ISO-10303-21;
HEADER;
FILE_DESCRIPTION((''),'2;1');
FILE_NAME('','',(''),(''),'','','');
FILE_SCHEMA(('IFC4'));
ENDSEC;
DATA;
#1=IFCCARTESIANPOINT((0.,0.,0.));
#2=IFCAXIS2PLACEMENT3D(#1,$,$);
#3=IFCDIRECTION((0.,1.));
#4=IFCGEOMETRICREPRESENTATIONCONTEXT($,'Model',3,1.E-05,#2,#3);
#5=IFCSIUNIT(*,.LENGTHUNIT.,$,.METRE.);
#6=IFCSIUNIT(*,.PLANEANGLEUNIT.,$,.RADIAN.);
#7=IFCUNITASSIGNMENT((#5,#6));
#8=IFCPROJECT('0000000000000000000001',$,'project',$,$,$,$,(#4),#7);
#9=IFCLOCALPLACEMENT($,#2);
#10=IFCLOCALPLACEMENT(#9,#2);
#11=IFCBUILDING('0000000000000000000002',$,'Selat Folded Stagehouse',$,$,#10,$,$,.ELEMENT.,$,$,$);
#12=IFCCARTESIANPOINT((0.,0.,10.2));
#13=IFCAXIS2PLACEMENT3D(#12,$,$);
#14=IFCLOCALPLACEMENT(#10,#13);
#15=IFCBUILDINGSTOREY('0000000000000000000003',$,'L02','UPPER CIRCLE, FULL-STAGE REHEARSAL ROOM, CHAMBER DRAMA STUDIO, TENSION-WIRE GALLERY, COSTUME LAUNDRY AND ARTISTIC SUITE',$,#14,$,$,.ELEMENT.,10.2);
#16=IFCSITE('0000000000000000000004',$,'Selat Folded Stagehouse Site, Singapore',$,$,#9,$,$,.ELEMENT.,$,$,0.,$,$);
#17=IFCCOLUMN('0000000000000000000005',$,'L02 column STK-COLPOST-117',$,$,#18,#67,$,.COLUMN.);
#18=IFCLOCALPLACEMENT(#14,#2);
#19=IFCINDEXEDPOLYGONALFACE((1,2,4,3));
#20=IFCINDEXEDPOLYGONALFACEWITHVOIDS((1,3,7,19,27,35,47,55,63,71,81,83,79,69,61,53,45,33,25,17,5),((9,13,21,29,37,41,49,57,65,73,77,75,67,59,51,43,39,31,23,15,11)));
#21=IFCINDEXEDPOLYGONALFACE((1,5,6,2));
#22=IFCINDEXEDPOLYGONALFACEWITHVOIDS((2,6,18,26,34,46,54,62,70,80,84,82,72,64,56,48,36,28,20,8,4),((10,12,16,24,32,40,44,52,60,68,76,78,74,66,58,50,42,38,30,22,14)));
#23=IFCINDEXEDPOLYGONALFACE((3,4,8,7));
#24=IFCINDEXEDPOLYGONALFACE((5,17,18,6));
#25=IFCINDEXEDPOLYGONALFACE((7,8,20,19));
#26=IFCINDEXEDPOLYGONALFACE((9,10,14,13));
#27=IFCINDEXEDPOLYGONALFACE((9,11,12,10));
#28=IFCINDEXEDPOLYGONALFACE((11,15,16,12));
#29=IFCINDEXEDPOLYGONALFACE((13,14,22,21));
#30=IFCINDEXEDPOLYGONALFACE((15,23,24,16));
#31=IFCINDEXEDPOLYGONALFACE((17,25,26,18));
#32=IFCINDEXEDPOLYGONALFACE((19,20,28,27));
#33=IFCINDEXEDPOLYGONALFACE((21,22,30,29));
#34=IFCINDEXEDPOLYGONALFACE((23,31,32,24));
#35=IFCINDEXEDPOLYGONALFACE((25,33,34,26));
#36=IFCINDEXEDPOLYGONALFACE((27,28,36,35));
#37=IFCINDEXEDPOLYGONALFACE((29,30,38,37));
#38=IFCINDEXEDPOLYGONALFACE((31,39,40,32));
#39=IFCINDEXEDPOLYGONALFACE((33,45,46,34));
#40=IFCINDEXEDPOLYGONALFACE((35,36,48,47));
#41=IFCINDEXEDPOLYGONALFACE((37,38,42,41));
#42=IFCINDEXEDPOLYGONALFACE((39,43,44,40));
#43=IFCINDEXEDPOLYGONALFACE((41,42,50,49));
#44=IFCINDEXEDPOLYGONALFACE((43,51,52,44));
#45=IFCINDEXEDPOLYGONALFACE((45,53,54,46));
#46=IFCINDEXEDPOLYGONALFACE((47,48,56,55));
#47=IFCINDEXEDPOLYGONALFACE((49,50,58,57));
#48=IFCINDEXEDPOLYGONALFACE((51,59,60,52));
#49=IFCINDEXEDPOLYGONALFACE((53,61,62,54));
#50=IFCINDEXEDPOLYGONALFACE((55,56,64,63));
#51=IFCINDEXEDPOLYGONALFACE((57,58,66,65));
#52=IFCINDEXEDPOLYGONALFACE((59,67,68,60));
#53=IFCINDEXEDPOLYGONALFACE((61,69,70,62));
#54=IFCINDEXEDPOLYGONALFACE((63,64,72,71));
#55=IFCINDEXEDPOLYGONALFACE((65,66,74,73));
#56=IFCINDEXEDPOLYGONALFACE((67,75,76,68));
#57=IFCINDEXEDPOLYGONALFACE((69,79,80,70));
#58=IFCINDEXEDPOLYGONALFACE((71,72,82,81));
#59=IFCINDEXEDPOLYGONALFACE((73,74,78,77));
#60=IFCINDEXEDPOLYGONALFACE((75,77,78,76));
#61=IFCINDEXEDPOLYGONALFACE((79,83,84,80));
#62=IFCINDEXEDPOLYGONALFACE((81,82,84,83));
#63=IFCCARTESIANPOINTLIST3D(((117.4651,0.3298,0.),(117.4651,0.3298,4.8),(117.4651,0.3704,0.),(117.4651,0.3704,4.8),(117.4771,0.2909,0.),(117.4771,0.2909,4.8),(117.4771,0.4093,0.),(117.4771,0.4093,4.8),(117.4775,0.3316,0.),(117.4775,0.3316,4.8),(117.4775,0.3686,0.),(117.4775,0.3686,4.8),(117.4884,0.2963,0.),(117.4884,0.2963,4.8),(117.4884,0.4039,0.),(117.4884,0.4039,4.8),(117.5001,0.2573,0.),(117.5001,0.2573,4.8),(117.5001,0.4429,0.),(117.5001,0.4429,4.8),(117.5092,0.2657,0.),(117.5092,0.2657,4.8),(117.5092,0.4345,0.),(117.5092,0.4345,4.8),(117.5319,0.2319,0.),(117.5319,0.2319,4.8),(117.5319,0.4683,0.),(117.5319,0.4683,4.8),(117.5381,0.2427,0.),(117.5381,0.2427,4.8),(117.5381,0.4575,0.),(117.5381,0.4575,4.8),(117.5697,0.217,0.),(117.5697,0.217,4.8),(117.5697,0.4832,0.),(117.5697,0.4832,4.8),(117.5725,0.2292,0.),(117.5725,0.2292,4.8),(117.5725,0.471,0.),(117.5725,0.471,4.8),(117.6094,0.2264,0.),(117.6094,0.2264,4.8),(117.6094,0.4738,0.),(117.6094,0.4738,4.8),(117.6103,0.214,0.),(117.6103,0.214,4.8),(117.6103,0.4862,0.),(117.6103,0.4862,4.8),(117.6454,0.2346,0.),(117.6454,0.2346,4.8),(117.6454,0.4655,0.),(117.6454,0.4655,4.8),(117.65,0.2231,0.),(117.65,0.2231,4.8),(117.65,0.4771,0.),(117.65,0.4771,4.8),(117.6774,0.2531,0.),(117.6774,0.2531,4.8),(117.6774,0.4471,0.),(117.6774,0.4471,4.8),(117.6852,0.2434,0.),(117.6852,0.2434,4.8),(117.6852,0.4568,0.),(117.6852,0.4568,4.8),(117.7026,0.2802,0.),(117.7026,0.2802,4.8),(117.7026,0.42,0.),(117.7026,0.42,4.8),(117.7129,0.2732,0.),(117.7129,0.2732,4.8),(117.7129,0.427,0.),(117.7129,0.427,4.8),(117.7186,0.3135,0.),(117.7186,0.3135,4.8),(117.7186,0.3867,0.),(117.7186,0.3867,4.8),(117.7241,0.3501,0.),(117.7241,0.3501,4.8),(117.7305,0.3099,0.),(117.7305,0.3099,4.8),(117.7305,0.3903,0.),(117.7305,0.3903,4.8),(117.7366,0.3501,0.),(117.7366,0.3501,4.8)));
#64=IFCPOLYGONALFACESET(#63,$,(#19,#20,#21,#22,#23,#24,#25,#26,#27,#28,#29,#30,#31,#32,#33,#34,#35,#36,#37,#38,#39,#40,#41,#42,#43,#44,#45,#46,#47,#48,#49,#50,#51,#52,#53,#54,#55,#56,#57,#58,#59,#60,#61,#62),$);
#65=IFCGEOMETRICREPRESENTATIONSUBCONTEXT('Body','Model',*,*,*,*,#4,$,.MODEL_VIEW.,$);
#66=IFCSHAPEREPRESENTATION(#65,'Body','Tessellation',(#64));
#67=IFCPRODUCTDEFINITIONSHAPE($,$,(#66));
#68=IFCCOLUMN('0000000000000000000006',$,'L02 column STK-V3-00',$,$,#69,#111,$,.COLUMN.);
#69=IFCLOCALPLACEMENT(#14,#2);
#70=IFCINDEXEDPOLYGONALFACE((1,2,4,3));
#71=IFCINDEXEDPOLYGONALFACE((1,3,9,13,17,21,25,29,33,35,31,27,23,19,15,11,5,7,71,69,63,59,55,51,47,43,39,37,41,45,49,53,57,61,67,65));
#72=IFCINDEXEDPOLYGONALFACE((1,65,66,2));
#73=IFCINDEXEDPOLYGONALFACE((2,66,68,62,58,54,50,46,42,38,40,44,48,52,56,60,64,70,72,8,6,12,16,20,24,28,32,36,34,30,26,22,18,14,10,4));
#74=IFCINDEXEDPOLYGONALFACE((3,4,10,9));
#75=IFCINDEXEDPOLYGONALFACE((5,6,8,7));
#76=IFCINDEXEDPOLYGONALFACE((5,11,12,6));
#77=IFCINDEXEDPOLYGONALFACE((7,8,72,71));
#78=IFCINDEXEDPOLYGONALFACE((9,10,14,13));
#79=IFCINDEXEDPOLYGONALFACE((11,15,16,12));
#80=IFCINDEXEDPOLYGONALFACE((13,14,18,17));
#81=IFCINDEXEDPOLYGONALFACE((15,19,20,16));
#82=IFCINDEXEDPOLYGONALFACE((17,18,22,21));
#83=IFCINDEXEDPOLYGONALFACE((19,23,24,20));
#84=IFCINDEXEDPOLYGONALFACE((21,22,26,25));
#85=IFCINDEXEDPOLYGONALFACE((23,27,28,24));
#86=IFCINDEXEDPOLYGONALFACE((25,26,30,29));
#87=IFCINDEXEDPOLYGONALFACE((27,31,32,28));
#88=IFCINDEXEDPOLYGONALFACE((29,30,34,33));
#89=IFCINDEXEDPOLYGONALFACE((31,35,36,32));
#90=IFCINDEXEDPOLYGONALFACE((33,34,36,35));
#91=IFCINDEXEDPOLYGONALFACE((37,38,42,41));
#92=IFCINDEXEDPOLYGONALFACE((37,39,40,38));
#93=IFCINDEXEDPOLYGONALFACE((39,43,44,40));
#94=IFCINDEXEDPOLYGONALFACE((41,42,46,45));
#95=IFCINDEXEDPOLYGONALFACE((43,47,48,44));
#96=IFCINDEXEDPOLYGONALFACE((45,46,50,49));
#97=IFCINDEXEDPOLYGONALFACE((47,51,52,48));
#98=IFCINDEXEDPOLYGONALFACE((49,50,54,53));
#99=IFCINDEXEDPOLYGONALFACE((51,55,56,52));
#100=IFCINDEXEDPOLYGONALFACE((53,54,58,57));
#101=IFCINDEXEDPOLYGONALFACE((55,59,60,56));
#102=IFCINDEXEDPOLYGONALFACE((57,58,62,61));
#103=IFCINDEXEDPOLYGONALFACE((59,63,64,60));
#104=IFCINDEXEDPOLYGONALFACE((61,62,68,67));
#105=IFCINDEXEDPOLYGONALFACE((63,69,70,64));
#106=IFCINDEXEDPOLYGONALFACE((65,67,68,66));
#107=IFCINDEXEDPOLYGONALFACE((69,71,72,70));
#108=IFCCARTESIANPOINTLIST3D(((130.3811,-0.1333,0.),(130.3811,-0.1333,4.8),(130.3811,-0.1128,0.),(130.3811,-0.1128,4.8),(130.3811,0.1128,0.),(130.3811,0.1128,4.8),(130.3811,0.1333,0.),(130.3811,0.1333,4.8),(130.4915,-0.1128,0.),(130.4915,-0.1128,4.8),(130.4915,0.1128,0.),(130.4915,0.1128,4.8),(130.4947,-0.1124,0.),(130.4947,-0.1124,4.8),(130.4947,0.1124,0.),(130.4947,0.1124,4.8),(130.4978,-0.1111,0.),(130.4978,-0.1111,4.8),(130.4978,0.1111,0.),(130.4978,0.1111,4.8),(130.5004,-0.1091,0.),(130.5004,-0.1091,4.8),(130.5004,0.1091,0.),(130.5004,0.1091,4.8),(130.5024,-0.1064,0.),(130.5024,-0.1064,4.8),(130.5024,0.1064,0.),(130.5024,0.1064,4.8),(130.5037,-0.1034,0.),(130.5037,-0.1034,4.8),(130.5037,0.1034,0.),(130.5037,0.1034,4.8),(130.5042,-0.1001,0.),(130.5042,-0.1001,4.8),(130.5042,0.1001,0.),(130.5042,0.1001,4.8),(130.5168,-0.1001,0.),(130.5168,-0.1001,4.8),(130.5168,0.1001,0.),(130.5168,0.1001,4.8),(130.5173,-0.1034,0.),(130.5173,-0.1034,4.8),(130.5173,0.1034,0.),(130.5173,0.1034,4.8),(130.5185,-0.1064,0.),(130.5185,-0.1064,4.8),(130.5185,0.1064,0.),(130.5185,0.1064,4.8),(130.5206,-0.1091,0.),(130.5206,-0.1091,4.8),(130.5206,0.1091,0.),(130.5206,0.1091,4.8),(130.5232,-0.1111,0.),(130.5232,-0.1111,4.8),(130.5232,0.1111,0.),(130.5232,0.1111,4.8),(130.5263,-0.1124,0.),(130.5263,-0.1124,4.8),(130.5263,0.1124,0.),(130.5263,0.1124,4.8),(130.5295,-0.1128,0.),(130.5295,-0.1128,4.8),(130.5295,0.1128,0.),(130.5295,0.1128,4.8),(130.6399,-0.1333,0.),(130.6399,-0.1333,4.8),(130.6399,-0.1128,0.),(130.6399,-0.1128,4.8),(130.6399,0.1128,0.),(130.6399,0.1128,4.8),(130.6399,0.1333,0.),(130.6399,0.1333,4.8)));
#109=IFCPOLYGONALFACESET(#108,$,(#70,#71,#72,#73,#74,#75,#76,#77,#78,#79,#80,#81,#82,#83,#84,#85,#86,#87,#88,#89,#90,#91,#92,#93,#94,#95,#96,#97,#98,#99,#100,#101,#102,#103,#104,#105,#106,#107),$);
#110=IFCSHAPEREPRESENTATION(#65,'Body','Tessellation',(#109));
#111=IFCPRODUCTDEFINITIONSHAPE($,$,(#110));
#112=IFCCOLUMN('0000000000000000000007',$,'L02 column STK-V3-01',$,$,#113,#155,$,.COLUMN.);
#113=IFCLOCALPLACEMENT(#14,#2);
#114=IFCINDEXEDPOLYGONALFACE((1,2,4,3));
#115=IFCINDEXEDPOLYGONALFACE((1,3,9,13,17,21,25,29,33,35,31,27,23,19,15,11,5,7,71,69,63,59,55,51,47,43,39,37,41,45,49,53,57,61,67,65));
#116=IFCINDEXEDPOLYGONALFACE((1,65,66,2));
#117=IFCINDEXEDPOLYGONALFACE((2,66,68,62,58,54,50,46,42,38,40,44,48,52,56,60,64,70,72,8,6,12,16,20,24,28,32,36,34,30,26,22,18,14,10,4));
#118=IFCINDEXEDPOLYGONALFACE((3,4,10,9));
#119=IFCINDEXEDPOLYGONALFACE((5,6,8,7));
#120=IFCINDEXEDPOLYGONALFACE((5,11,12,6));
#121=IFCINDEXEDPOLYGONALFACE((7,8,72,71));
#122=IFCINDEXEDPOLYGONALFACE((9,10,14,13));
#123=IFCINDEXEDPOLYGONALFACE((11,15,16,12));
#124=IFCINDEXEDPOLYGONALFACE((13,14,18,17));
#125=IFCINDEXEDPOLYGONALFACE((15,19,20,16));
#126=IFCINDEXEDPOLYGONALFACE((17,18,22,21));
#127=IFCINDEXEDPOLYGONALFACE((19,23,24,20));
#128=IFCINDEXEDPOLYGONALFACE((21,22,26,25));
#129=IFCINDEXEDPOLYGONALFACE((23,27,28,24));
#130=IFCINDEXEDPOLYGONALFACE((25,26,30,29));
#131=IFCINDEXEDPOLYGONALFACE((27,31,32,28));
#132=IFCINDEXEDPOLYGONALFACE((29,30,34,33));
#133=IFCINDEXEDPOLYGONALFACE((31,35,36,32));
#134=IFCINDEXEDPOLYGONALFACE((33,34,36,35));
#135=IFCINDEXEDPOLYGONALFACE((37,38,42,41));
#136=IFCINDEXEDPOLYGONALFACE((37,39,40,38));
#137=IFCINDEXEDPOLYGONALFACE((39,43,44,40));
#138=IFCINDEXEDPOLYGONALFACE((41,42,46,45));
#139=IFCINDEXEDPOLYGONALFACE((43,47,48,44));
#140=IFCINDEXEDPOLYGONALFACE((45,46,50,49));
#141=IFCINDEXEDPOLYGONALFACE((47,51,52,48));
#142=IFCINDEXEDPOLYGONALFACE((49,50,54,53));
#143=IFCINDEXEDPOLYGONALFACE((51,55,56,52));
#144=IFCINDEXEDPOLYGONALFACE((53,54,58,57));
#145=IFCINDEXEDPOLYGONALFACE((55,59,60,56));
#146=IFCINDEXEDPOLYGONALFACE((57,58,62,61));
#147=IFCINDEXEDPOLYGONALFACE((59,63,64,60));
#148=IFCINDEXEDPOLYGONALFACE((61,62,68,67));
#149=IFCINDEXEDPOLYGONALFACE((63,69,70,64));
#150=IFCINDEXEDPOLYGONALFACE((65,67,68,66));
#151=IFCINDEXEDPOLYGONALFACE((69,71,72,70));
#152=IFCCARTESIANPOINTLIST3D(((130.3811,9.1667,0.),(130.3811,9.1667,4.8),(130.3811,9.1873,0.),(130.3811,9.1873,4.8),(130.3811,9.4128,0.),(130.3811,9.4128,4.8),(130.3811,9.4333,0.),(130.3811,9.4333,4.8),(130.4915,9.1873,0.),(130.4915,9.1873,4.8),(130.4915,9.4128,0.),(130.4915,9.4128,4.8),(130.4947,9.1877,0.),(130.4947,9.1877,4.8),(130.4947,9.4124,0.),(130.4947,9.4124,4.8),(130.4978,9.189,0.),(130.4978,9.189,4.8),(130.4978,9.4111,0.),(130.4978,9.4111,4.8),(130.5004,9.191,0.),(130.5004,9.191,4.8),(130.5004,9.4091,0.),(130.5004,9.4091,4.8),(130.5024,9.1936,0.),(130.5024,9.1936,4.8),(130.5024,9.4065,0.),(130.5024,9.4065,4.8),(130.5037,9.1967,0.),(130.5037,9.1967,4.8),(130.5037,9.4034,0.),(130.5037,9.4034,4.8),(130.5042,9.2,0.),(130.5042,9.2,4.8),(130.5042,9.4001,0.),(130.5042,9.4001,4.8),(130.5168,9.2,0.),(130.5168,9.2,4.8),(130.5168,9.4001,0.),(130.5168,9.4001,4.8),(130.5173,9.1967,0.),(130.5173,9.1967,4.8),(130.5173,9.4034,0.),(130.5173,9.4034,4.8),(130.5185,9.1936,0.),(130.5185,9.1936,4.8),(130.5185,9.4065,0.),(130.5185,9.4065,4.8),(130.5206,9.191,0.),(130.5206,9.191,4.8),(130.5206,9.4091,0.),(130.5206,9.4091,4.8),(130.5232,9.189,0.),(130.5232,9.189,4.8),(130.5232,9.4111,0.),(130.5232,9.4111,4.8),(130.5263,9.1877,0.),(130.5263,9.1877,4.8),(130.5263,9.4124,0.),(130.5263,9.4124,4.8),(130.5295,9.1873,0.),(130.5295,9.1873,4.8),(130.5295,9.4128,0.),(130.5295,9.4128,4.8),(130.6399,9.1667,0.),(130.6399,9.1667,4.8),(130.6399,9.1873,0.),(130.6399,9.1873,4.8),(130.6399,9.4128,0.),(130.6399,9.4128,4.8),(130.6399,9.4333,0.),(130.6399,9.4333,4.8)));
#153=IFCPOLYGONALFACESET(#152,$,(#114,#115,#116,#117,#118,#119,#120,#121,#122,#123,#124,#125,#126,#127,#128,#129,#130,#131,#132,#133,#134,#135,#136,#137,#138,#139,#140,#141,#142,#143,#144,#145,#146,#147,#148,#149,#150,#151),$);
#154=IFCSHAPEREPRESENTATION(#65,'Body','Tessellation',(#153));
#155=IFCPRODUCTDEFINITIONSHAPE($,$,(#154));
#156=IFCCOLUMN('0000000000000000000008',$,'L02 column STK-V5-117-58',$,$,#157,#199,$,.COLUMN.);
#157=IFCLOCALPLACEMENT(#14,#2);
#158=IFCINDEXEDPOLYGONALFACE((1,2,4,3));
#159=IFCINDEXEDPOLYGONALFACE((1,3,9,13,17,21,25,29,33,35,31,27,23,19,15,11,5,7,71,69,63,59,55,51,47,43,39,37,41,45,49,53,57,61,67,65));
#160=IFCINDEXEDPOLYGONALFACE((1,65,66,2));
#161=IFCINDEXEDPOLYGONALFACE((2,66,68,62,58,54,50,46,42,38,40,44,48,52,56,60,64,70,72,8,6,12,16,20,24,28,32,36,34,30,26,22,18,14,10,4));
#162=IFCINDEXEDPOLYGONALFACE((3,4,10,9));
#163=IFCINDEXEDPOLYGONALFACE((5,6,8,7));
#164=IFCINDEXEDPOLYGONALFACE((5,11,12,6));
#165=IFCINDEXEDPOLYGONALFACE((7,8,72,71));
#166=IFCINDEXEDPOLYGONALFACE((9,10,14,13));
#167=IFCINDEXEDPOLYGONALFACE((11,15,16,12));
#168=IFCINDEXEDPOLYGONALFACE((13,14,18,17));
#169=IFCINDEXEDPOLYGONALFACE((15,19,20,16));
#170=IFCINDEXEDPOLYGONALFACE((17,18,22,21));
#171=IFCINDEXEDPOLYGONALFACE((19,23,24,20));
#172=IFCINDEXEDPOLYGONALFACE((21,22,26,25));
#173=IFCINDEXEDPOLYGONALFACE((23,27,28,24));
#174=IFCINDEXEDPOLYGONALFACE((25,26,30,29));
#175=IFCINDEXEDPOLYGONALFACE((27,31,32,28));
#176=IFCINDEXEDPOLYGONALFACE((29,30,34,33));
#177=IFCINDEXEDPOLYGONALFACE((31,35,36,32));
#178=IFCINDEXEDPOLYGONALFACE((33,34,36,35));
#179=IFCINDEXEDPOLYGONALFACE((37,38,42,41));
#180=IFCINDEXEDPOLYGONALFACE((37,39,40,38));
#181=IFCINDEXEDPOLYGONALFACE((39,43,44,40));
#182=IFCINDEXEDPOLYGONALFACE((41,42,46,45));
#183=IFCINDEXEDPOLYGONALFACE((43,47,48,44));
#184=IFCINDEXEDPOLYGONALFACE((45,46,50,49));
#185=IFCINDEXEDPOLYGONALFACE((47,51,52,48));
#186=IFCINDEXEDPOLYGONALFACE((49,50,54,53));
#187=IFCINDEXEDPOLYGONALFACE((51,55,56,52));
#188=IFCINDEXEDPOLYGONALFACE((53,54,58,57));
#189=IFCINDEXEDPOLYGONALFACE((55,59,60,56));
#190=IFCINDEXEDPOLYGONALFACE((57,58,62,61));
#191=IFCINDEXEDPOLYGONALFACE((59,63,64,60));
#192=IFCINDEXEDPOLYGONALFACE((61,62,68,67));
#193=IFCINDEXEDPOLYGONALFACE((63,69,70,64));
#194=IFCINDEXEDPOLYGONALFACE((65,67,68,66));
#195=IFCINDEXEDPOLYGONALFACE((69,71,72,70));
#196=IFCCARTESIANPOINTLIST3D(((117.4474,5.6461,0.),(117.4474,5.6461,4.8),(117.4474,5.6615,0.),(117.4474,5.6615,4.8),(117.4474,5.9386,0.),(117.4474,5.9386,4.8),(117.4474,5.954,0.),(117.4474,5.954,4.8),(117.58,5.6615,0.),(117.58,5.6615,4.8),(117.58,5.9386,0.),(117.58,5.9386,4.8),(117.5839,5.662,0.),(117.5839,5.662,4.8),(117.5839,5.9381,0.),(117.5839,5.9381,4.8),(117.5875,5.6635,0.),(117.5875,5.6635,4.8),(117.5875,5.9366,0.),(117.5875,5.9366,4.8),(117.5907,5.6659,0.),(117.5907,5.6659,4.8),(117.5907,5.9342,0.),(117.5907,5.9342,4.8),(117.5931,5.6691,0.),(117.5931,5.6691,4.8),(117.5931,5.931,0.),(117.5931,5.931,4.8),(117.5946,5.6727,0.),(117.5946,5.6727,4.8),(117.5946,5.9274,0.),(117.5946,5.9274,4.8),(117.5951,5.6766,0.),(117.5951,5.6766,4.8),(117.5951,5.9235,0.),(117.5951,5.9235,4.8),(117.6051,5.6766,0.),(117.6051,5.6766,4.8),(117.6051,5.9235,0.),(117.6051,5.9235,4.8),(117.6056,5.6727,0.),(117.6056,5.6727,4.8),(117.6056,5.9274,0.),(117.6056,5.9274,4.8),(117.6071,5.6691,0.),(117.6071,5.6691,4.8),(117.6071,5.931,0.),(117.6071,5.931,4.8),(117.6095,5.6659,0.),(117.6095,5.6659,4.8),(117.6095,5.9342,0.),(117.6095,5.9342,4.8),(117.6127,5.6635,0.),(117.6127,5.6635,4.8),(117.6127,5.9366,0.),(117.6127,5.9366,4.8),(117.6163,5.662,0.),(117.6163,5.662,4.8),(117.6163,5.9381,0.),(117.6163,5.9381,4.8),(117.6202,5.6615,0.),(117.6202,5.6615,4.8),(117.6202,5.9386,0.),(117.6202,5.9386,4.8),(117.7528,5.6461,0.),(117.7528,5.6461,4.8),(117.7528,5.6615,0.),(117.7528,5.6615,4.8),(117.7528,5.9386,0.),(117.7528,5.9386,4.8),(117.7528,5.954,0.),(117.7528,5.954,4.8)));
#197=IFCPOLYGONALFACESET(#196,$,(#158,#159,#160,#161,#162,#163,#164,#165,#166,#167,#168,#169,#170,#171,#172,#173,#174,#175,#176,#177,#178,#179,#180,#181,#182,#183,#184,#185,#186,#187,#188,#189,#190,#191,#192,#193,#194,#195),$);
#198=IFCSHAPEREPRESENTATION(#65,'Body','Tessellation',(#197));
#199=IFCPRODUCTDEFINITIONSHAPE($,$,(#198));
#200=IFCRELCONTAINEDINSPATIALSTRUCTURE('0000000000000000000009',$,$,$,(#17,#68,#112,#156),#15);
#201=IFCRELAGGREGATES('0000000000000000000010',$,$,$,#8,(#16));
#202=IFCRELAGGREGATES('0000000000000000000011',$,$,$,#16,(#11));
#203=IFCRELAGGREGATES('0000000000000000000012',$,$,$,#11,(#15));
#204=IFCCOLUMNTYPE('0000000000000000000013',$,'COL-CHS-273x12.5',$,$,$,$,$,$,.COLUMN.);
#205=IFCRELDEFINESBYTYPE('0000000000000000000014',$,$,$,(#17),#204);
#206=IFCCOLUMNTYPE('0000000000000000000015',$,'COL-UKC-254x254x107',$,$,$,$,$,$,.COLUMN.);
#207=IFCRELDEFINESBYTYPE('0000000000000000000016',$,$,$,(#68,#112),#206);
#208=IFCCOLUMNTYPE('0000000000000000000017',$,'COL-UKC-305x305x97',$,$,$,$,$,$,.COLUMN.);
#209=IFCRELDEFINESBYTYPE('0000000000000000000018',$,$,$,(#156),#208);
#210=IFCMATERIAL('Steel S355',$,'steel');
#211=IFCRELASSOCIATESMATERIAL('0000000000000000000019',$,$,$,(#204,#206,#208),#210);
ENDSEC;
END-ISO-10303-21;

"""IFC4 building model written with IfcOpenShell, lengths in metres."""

from ifc_helpers import new_model, si_unit, direction, frame, origin, origin_2d, place, context, subcontext, project, spatial, hollow_circle, i_section, extrude, material, material_profile, profile_set, type_object, element, save


model = new_model("IFC4")

# Units and contexts
model_context = context("Model", 3, precision=1e-05, world=origin(), true_north=direction((0.0, 1.0)))
body_context = subcontext(model_context, "Body", "Model", "MODEL_VIEW")
ifc_project = project(units=[si_unit("LENGTHUNIT", "METRE"), si_unit("PLANEANGLEUNIT", "RADIAN")], contexts=[model_context])

# Site, building, storey
site_placement = place(None, origin())
site = spatial("IfcSite", under=ifc_project, at=site_placement, Name="Selat Folded Stagehouse Site, Singapore", CompositionType="ELEMENT", RefElevation=0.0)
building_placement = place(site_placement, origin())
building = spatial("IfcBuilding", under=site, at=building_placement, Name="Selat Folded Stagehouse", CompositionType="ELEMENT")
storey_placement = place(building_placement, frame((0.0, 0.0, 10.2)))
storey = spatial("IfcBuildingStorey", under=building, at=storey_placement, Name="L02", Description="UPPER CIRCLE, FULL-STAGE REHEARSAL ROOM, CHAMBER DRAMA STUDIO, TENSION-WIRE GALLERY, COSTUME LAUNDRY AND ARTISTIC SUITE", CompositionType="ELEMENT", Elevation=10.2)

# Columns
ifc_material_1 = material(Name="Steel S355", Category="steel")
ifc_material_profile_1 = material_profile(ifc_material_1, hollow_circle(Radius=0.1365, WallThickness=0.0125, at=origin_2d()), Name="CHS 273.0x12.5")
ifc_profile_set_1 = profile_set([ifc_material_profile_1], Name="Steel S355")
column_type_1 = type_object("IfcColumnType", Name="COL-CHS-273x12.5", PredefinedType="COLUMN", material=ifc_profile_set_1)
column_1_placement = place(storey_placement, frame((117.6001, 0.3501, 0.0), z_axis=(0.0, 0.0, 1.0), x_axis=(1.0, 0.0, 0.0)))
element("IfcColumn", 1, at=column_1_placement, inside=storey, type_object=column_type_1, Name="L02 column STK-COLPOST-117", PredefinedType="COLUMN", context=body_context, shape_type="SweptSolid", body=[
    extrude(hollow_circle(Radius=0.1365, WallThickness=0.0125, at=origin_2d()), origin(), (0.0, 0.0, 1.0), 4.8),
])
ifc_material_profile_2 = material_profile(ifc_material_1, i_section(OverallWidth=0.2588, OverallDepth=0.2666, WebThickness=0.0127, FlangeThickness=0.0205, FilletRadius=0.0127, at=origin_2d()), Name="UKC 254x254x107")
ifc_profile_set_2 = profile_set([ifc_material_profile_2], Name="Steel S355")
column_type_2 = type_object("IfcColumnType", Name="COL-UKC-254x254x107", PredefinedType="COLUMN", material=ifc_profile_set_2)
for number, where, z_axis, x_axis, name in (
    (2, (130.5105, 0.0, 0.0), (0.0, 0.0, 1.0), (1.0, 0.0, 0.0), "L02 column STK-V3-00"),
    (3, (130.5105, 9.3, 0.0), (0.0, 0.0, 1.0), (1.0, 0.0, 0.0), "L02 column STK-V3-01"),
):
    element("IfcColumn", number, at=place(storey_placement, frame(where, z_axis=z_axis, x_axis=x_axis)), inside=storey, type_object=column_type_2, Name=name, PredefinedType="COLUMN", context=body_context, shape_type="SweptSolid", body=[
        extrude(i_section(OverallWidth=0.2588, OverallDepth=0.2666, WebThickness=0.0127, FlangeThickness=0.0205, FilletRadius=0.0127, at=origin_2d()), origin(), (0.0, 0.0, 1.0), 4.8),
    ])
ifc_material_profile_3 = material_profile(ifc_material_1, i_section(OverallWidth=0.3054, OverallDepth=0.3079, WebThickness=0.01, FlangeThickness=0.0154, FilletRadius=0.0151, at=origin_2d()), Name="UKC 305x305x97")
ifc_profile_set_3 = profile_set([ifc_material_profile_3], Name="Steel S355")
column_type_3 = type_object("IfcColumnType", Name="COL-UKC-305x305x97", PredefinedType="COLUMN", material=ifc_profile_set_3)
column_2_placement = place(storey_placement, frame((117.6001, 5.8, 0.0), z_axis=(0.0, 0.0, 1.0), x_axis=(1.0, 0.0, 0.0)))
element("IfcColumn", 4, at=column_2_placement, inside=storey, type_object=column_type_3, Name="L02 column STK-V5-117-58", PredefinedType="COLUMN", context=body_context, shape_type="SweptSolid", body=[
    extrude(i_section(OverallWidth=0.3054, OverallDepth=0.3079, WebThickness=0.01, FlangeThickness=0.0154, FilletRadius=0.0151, at=origin_2d()), origin(), (0.0, 0.0, 1.0), 4.8),
])

save(model, "model.ifc")
